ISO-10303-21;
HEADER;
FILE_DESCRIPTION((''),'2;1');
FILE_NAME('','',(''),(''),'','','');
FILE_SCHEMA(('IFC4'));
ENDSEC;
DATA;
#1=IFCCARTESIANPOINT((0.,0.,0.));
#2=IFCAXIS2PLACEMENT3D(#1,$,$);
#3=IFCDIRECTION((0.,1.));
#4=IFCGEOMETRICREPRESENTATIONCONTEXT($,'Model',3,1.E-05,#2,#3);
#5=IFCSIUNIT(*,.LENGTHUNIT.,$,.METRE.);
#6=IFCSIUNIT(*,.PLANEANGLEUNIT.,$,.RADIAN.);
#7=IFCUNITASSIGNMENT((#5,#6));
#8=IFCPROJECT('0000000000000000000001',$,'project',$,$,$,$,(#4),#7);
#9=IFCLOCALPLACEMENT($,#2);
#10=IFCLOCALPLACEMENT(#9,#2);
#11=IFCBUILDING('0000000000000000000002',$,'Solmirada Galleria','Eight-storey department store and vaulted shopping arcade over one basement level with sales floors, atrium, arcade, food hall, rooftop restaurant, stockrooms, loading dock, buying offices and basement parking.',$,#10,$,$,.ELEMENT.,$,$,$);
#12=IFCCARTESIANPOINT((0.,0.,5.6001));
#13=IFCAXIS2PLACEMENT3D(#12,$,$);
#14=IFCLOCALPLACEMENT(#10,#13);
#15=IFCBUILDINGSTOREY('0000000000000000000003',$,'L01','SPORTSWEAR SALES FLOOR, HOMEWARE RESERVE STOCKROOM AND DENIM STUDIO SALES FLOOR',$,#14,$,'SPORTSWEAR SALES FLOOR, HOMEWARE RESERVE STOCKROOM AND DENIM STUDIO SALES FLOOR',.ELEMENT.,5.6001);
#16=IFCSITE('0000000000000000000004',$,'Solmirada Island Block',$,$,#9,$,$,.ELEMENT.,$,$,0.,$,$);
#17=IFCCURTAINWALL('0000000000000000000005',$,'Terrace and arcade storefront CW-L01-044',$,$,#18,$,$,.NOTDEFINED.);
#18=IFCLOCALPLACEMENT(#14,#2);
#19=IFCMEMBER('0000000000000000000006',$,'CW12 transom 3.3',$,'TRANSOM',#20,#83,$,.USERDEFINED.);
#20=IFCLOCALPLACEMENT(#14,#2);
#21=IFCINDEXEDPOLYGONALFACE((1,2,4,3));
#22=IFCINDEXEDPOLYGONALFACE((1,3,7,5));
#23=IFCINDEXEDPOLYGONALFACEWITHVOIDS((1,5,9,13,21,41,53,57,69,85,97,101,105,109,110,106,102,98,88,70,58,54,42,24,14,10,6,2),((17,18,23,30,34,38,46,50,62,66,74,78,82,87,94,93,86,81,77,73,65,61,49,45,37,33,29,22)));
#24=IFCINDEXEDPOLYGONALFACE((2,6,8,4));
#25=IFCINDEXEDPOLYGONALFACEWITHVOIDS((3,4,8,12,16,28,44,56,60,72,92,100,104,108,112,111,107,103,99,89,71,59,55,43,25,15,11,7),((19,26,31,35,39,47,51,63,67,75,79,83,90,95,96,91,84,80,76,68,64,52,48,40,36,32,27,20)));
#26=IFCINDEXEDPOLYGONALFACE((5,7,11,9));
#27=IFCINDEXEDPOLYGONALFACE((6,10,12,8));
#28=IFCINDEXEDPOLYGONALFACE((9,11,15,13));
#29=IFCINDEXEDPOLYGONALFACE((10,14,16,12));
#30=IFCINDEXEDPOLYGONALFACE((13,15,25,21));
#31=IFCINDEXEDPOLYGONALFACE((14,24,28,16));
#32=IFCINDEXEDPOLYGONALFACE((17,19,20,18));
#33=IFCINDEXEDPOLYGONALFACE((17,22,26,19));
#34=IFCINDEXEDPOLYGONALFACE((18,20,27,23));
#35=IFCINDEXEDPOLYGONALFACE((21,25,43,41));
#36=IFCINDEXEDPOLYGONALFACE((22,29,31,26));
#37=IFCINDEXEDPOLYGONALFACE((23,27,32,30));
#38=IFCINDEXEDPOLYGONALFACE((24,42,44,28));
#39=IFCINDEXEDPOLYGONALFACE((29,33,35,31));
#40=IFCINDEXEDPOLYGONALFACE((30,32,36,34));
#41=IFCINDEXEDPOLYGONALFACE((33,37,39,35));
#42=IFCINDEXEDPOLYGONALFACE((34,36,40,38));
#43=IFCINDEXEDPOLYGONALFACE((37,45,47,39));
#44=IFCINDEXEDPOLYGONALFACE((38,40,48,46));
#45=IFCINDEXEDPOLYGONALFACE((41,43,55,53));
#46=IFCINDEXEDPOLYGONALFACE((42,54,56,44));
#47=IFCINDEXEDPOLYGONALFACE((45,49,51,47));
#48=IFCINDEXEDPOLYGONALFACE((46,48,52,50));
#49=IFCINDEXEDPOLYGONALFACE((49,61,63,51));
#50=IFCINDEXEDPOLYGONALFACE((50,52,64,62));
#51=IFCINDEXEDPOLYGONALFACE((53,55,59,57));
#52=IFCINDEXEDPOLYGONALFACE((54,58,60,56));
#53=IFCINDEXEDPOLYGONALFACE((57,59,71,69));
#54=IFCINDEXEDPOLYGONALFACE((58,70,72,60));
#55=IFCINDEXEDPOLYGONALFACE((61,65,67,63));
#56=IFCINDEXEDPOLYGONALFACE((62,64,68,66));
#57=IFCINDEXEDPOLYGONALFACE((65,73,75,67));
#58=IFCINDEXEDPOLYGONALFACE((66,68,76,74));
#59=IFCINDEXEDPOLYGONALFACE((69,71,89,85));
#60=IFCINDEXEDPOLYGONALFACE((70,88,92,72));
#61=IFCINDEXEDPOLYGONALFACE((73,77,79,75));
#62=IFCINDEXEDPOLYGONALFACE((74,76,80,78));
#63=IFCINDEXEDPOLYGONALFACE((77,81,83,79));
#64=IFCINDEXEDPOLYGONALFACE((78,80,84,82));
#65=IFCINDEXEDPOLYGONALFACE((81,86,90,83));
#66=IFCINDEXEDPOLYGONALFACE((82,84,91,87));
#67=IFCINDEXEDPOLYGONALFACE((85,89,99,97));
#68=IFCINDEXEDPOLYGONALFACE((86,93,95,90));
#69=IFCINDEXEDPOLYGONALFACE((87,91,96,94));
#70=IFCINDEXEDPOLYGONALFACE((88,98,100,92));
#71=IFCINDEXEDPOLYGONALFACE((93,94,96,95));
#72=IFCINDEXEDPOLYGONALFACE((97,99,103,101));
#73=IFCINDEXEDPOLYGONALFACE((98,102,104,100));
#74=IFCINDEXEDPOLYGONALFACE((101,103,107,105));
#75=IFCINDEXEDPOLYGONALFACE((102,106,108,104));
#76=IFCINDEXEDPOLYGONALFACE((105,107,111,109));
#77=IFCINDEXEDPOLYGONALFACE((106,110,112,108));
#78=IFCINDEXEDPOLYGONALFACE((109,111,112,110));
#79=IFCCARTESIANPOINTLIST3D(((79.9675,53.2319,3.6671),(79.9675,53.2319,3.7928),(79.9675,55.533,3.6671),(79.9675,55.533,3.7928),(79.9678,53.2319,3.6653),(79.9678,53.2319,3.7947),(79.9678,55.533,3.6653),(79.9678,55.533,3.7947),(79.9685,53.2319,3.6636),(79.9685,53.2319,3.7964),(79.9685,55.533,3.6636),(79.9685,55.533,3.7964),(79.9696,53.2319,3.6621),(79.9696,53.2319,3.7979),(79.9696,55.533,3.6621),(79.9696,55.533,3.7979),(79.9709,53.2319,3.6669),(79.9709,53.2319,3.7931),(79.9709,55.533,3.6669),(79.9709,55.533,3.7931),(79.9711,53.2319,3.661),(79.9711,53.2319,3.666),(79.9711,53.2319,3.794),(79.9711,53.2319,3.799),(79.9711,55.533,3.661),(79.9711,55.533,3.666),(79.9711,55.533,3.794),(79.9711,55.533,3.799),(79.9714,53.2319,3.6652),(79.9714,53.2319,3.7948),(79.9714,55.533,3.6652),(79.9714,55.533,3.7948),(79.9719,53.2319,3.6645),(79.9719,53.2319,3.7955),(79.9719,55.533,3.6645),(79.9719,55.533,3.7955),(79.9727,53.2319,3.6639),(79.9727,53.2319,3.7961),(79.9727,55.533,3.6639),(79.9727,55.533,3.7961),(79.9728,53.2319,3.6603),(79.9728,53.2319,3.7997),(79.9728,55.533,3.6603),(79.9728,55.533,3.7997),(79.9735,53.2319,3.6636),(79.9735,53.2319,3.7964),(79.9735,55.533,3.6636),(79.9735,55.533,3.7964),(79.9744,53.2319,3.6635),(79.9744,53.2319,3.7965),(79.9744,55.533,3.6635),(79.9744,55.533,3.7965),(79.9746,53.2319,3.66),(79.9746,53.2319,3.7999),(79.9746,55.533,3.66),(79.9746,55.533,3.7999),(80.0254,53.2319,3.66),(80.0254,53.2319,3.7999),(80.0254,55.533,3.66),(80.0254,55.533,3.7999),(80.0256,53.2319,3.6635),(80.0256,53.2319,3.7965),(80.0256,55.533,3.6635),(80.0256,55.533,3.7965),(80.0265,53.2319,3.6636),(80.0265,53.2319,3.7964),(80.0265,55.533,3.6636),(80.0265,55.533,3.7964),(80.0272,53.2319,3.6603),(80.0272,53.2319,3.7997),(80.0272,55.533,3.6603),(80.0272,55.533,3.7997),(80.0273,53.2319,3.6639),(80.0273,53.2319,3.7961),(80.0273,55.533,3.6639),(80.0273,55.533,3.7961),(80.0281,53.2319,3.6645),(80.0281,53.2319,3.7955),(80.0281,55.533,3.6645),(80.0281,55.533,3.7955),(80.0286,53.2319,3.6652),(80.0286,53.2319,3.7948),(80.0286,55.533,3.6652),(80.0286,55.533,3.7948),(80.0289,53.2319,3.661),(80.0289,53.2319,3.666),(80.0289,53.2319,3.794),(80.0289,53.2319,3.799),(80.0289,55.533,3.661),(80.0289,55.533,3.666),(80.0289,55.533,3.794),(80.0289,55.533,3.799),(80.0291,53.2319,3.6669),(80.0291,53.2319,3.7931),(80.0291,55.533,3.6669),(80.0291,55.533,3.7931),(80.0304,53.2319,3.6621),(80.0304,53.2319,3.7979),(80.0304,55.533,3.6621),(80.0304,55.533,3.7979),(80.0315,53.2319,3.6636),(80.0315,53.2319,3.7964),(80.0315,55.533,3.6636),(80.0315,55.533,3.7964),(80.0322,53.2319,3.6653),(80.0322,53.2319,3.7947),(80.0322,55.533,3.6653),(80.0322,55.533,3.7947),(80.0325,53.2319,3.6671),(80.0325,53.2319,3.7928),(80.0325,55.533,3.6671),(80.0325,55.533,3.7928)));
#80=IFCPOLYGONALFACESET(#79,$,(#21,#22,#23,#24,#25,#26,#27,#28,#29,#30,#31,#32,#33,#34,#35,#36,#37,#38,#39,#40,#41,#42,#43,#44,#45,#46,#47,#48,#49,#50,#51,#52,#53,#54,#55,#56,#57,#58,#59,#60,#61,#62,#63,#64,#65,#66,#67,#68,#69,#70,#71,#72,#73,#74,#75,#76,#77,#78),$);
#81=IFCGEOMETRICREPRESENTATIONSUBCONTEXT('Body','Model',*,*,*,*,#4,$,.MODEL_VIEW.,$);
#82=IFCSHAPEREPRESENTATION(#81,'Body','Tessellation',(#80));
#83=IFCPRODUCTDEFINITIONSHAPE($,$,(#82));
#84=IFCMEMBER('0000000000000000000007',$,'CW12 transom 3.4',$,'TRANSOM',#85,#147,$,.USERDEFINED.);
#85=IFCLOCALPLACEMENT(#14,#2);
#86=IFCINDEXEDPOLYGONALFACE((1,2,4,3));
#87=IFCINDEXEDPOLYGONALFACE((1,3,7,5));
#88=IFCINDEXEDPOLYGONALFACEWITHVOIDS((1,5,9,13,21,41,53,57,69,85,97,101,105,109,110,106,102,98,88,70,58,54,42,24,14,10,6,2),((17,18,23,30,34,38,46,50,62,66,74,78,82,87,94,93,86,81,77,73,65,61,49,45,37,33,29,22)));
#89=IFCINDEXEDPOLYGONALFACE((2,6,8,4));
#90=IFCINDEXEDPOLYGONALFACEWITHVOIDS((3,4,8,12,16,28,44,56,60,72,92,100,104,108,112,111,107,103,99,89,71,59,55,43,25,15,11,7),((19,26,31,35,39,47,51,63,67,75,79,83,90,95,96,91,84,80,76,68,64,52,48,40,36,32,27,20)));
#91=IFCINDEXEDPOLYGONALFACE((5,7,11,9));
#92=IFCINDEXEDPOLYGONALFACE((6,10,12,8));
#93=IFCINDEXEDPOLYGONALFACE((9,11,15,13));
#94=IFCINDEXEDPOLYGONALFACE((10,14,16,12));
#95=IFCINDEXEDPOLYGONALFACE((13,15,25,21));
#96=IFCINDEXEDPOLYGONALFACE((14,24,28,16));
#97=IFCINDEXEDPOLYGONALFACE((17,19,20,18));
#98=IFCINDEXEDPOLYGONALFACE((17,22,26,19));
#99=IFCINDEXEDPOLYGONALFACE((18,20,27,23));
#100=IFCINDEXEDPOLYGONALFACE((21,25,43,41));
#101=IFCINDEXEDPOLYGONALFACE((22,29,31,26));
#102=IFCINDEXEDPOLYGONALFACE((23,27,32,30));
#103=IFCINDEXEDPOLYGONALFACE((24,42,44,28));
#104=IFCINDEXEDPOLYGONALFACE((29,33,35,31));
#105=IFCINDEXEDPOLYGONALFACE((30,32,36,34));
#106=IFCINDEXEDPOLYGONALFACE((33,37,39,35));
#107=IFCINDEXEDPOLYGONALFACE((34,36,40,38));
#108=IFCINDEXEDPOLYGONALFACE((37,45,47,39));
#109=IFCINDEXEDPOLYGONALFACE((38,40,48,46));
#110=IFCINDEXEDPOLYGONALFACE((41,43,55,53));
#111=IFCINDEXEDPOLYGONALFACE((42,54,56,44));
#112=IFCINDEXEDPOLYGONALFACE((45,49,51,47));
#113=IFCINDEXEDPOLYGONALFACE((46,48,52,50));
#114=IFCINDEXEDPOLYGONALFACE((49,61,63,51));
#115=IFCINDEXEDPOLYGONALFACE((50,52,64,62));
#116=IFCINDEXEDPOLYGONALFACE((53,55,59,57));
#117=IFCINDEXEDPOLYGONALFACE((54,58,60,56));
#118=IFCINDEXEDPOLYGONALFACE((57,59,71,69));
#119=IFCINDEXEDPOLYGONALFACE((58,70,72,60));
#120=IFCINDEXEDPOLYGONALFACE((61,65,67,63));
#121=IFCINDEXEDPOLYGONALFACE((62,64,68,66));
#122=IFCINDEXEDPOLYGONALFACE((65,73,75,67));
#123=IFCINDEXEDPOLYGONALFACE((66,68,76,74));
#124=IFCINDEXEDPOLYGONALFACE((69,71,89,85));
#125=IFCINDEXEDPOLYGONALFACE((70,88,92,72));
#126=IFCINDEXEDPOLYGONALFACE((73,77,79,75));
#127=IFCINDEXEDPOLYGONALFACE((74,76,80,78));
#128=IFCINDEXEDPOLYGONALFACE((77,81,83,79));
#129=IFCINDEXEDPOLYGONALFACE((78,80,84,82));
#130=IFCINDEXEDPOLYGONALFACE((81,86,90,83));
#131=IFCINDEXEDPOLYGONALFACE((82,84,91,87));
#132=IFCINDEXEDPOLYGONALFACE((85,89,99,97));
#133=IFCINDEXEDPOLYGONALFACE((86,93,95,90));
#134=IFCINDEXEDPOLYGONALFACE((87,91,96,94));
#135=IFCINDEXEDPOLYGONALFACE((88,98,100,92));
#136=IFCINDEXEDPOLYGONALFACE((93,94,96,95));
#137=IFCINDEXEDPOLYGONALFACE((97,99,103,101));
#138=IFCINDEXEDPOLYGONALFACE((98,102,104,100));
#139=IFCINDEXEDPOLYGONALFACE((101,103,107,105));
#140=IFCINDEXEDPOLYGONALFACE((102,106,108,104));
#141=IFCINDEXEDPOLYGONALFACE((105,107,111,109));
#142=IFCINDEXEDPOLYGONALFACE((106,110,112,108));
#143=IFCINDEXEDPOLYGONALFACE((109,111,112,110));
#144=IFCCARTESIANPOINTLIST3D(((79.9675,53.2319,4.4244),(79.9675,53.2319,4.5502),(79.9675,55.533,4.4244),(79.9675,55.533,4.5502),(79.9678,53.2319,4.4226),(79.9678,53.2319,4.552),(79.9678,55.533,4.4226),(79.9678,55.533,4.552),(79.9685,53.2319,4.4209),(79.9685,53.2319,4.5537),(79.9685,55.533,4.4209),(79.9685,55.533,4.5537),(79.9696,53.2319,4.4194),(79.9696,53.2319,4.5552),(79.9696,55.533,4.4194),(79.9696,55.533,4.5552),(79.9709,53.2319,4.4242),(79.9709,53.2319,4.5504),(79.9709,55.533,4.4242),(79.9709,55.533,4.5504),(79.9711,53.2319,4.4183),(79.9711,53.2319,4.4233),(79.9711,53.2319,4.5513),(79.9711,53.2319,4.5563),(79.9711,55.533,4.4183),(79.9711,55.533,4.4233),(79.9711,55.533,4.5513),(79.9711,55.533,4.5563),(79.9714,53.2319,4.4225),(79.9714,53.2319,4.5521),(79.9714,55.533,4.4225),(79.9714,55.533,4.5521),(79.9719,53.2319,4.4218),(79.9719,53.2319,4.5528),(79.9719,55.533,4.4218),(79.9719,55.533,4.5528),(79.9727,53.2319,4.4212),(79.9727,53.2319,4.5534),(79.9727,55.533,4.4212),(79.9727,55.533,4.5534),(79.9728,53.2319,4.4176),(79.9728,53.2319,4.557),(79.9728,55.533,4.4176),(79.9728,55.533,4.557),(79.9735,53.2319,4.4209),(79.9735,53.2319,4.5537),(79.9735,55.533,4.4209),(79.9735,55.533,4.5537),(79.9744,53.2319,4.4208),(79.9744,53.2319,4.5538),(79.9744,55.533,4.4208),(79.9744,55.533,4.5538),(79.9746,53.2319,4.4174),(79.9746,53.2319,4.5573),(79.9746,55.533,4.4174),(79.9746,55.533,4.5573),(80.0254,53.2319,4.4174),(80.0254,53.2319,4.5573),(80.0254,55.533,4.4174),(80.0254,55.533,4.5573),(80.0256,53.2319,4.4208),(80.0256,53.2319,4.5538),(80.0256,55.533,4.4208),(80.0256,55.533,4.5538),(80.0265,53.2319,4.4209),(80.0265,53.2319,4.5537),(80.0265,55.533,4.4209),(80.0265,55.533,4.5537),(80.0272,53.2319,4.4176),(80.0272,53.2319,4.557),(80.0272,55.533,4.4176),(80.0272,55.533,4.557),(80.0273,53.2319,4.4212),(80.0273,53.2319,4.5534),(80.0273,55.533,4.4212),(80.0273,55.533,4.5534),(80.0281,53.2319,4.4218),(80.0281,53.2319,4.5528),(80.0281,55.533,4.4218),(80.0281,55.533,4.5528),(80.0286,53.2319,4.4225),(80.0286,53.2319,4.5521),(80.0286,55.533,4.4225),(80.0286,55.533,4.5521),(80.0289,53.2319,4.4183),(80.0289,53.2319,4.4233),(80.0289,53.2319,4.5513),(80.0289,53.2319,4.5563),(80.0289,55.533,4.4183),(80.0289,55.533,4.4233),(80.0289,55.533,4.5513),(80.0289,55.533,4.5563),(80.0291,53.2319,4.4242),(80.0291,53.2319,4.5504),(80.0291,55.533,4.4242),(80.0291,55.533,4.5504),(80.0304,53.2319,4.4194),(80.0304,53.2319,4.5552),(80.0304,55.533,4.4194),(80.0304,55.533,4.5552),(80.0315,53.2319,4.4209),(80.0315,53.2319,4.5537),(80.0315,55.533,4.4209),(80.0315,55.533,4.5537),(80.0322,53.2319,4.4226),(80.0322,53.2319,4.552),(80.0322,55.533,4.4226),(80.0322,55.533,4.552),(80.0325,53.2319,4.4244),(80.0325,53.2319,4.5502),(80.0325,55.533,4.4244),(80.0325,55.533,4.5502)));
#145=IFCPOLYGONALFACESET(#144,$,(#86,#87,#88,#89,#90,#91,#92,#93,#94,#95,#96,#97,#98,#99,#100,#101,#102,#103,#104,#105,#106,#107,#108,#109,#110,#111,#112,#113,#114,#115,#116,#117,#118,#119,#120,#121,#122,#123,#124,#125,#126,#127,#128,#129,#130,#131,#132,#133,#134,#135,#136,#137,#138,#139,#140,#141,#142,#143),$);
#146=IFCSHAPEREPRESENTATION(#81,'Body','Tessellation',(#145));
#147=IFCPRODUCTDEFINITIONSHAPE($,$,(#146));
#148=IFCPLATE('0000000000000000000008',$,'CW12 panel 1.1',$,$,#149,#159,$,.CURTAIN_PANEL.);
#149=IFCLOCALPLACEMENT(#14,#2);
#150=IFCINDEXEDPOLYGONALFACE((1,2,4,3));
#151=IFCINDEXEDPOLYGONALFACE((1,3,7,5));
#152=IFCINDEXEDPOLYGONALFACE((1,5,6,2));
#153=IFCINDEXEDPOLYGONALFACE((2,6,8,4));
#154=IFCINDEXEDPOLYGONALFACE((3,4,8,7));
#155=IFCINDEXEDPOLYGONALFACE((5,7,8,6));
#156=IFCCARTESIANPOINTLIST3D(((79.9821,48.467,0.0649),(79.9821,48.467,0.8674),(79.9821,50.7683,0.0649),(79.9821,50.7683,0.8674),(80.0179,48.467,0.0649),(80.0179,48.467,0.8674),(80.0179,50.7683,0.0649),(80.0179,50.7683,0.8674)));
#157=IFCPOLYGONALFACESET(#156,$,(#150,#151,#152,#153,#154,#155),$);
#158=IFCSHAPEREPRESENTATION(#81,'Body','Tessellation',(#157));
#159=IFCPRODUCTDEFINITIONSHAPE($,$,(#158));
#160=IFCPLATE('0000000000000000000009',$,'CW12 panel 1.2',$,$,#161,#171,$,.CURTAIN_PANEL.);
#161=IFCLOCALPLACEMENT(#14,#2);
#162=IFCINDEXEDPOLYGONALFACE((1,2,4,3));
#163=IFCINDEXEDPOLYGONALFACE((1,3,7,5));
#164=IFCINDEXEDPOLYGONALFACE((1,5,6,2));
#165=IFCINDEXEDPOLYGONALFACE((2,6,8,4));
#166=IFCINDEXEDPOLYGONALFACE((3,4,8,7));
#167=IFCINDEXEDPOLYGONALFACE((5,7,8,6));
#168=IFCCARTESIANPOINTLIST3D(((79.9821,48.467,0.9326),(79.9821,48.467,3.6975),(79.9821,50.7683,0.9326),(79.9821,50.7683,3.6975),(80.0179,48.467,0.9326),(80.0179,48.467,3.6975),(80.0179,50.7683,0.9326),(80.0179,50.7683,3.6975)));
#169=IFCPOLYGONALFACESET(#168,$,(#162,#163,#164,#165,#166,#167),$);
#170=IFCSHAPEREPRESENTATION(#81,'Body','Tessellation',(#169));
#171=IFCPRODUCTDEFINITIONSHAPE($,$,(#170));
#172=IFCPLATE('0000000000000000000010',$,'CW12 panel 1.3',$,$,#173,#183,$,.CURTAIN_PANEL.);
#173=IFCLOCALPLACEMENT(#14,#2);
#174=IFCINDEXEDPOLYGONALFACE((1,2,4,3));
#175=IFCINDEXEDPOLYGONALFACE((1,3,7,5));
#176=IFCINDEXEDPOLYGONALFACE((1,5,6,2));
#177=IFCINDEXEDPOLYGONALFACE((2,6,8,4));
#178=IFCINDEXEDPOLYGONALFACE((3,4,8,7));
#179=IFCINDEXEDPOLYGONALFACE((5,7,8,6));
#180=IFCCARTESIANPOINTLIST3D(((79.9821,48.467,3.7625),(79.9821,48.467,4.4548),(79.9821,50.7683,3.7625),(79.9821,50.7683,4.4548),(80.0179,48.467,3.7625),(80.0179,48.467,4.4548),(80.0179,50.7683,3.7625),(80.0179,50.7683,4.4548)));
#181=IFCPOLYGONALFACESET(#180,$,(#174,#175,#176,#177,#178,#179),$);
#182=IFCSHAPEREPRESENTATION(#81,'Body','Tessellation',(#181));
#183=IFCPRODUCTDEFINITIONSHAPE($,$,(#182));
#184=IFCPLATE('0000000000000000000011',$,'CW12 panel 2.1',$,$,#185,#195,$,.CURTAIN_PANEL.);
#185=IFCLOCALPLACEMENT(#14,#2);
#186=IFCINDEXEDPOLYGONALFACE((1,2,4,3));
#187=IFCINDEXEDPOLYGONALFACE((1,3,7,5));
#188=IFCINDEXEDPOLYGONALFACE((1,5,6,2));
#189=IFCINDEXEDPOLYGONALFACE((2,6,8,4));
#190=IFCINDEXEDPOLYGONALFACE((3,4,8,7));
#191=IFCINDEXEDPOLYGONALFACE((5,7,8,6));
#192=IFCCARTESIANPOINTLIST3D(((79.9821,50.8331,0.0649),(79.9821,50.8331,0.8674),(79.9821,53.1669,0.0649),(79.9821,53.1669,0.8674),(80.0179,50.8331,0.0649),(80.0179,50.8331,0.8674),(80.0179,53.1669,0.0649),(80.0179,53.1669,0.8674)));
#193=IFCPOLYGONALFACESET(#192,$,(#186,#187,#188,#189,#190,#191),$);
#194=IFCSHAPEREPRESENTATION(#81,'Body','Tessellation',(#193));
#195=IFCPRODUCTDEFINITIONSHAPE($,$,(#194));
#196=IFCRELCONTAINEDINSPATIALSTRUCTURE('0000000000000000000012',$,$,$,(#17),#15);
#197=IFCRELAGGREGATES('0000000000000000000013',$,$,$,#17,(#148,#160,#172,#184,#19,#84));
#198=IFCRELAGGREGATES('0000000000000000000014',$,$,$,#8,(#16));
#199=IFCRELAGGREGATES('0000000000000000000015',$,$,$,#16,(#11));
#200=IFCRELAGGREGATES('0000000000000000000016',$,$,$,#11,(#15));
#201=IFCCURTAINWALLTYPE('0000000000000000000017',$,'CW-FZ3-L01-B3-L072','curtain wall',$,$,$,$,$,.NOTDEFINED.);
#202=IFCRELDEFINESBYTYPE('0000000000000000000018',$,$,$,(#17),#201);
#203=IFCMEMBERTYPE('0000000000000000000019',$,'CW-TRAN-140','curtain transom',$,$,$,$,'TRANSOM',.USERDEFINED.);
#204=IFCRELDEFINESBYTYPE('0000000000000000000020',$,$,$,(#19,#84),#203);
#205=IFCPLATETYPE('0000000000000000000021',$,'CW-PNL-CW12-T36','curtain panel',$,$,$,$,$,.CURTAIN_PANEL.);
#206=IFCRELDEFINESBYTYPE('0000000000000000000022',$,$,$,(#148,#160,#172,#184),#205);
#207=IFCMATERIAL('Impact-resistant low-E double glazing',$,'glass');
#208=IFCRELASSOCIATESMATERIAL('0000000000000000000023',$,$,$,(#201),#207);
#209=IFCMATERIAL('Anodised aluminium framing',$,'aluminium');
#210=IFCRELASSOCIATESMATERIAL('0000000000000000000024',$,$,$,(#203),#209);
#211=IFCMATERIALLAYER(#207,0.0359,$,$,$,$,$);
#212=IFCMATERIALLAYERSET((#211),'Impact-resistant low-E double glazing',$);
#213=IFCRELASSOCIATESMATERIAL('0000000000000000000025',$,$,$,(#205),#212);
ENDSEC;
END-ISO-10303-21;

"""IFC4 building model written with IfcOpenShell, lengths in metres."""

from ifc_helpers import new_model, si_unit, direction, frame, origin, origin_2d, place, context, subcontext, project, spatial, rectangle, hollow_rectangle, extrude, material, layer, layer_set, material_profile, profile_set, type_object, element, aggregate, save


model = new_model("IFC4")

# Units and contexts
model_context = context("Model", 3, precision=1e-05, world=origin(), true_north=direction((0.0, 1.0)))
body_context = subcontext(model_context, "Body", "Model", "MODEL_VIEW")
ifc_project = project(units=[si_unit("LENGTHUNIT", "METRE"), si_unit("PLANEANGLEUNIT", "RADIAN")], contexts=[model_context])

# Site, building, storey
site_placement = place(None, origin())
site = spatial("IfcSite", under=ifc_project, at=site_placement, Name="Solmirada Island Block", CompositionType="ELEMENT", RefElevation=0.0)
building_placement = place(site_placement, origin())
building = spatial("IfcBuilding", under=site, at=building_placement, Name="Solmirada Galleria", Description="Eight-storey department store and vaulted shopping arcade over one basement level with sales floors, atrium, arcade, food hall, rooftop restaurant, stockrooms, loading dock, buying offices and basement parking.", CompositionType="ELEMENT")
storey_placement = place(building_placement, frame((0.0, 0.0, 5.6001)))
storey = spatial("IfcBuildingStorey", under=building, at=storey_placement, Name="L01", Description="SPORTSWEAR SALES FLOOR, HOMEWARE RESERVE STOCKROOM AND DENIM STUDIO SALES FLOOR", LongName="SPORTSWEAR SALES FLOOR, HOMEWARE RESERVE STOCKROOM AND DENIM STUDIO SALES FLOOR", CompositionType="ELEMENT", Elevation=5.6001)

# Curtain wall, members, plates
ifc_material_1 = material(Name="Impact-resistant low-E double glazing", Category="glass")
curtain_wall_type = type_object("IfcCurtainWallType", Name="CW-FZ3-L01-B3-L072", Description="curtain wall", PredefinedType="NOTDEFINED", material=ifc_material_1)
curtain_wall_placement = place(storey_placement, origin())
curtain_wall = element("IfcCurtainWall", 1, at=curtain_wall_placement, inside=storey, type_object=curtain_wall_type, Name="Terrace and arcade storefront CW-L01-044", PredefinedType="NOTDEFINED")
ifc_material_2 = material(Name="Anodised aluminium framing", Category="aluminium")
ifc_material_profile_1 = material_profile(ifc_material_2, hollow_rectangle(XDim=0.0649, YDim=0.1399, WallThickness=0.0034, InnerFilletRadius=0.0034, OuterFilletRadius=0.0071, at=origin_2d()), Name="ALU-TRAN-140X65")
ifc_profile_set_1 = profile_set([ifc_material_profile_1], Name="Anodised aluminium framing")
member_type_1 = type_object("IfcMemberType", Name="CW-TRAN-140", Description="curtain transom", ElementType="TRANSOM", PredefinedType="USERDEFINED", material=ifc_profile_set_1)
member_1_placement = place(storey_placement, frame((80.0, 53.2319, 3.73), z_axis=(0.0, 1.0, 0.0), x_axis=(-1.0, 0.0, 0.0)))
member_1 = element("IfcMember", 2, at=member_1_placement, type_object=member_type_1, Name="CW12 transom 3.3", ObjectType="TRANSOM", PredefinedType="USERDEFINED", context=body_context, shape_type="SweptSolid", body=[
    extrude(hollow_rectangle(XDim=0.0649, YDim=0.1399, WallThickness=0.0034, InnerFilletRadius=0.0034, OuterFilletRadius=0.0071, at=origin_2d()), origin(), (0.0, 0.0, 1.0), 2.301),
])
member_2_placement = place(storey_placement, frame((80.0, 53.2319, 4.4873), z_axis=(0.0, 1.0, 0.0), x_axis=(-1.0, 0.0, 0.0)))
member_2 = element("IfcMember", 3, at=member_2_placement, type_object=member_type_1, Name="CW12 transom 3.4", ObjectType="TRANSOM", PredefinedType="USERDEFINED", context=body_context, shape_type="SweptSolid", body=[
    extrude(hollow_rectangle(XDim=0.0649, YDim=0.1399, WallThickness=0.0034, InnerFilletRadius=0.0034, OuterFilletRadius=0.0071, at=origin_2d()), origin(), (0.0, 0.0, 1.0), 2.301),
])
ifc_layer = layer(ifc_material_1, 0.0359)
ifc_layer_set = layer_set([ifc_layer], Name="Impact-resistant low-E double glazing")
plate_type = type_object("IfcPlateType", Name="CW-PNL-CW12-T36", Description="curtain panel", PredefinedType="CURTAIN_PANEL", material=ifc_layer_set)
plate_1_placement = place(storey_placement, frame((80.0, 49.6177, 0.0649), z_axis=(0.0, 0.0, 1.0), x_axis=(0.0, 1.0, 0.0)))
plate_1 = element("IfcPlate", 4, at=plate_1_placement, type_object=plate_type, Name="CW12 panel 1.1", PredefinedType="CURTAIN_PANEL", context=body_context, shape_type="SweptSolid", body=[
    extrude(rectangle(XDim=2.3013, YDim=0.0359, at=origin_2d()), origin(), (0.0, 0.0, 1.0), 0.8025),
])
plate_2_placement = place(storey_placement, frame((80.0, 49.6177, 0.9326), z_axis=(0.0, 0.0, 1.0), x_axis=(0.0, 1.0, 0.0)))
plate_2 = element("IfcPlate", 5, at=plate_2_placement, type_object=plate_type, Name="CW12 panel 1.2", PredefinedType="CURTAIN_PANEL", context=body_context, shape_type="SweptSolid", body=[
    extrude(rectangle(XDim=2.3013, YDim=0.0359, at=origin_2d()), origin(), (0.0, 0.0, 1.0), 2.7649),
])
plate_3_placement = place(storey_placement, frame((80.0, 49.6177, 3.7625), z_axis=(0.0, 0.0, 1.0), x_axis=(0.0, 1.0, 0.0)))
plate_3 = element("IfcPlate", 6, at=plate_3_placement, type_object=plate_type, Name="CW12 panel 1.3", PredefinedType="CURTAIN_PANEL", context=body_context, shape_type="SweptSolid", body=[
    extrude(rectangle(XDim=2.3013, YDim=0.0359, at=origin_2d()), origin(), (0.0, 0.0, 1.0), 0.6924),
])
plate_4_placement = place(storey_placement, frame((80.0, 52.0, 0.0649), z_axis=(0.0, 0.0, 1.0), x_axis=(0.0, 1.0, 0.0)))
plate_4 = element("IfcPlate", 7, at=plate_4_placement, type_object=plate_type, Name="CW12 panel 2.1", PredefinedType="CURTAIN_PANEL", context=body_context, shape_type="SweptSolid", body=[
    extrude(rectangle(XDim=2.3337, YDim=0.0359, at=origin_2d()), origin(), (0.0, 0.0, 1.0), 0.8025),
])
aggregate(curtain_wall, [plate_1, plate_2, plate_3, plate_4, member_1, member_2])

save(model, "model.ifc")
